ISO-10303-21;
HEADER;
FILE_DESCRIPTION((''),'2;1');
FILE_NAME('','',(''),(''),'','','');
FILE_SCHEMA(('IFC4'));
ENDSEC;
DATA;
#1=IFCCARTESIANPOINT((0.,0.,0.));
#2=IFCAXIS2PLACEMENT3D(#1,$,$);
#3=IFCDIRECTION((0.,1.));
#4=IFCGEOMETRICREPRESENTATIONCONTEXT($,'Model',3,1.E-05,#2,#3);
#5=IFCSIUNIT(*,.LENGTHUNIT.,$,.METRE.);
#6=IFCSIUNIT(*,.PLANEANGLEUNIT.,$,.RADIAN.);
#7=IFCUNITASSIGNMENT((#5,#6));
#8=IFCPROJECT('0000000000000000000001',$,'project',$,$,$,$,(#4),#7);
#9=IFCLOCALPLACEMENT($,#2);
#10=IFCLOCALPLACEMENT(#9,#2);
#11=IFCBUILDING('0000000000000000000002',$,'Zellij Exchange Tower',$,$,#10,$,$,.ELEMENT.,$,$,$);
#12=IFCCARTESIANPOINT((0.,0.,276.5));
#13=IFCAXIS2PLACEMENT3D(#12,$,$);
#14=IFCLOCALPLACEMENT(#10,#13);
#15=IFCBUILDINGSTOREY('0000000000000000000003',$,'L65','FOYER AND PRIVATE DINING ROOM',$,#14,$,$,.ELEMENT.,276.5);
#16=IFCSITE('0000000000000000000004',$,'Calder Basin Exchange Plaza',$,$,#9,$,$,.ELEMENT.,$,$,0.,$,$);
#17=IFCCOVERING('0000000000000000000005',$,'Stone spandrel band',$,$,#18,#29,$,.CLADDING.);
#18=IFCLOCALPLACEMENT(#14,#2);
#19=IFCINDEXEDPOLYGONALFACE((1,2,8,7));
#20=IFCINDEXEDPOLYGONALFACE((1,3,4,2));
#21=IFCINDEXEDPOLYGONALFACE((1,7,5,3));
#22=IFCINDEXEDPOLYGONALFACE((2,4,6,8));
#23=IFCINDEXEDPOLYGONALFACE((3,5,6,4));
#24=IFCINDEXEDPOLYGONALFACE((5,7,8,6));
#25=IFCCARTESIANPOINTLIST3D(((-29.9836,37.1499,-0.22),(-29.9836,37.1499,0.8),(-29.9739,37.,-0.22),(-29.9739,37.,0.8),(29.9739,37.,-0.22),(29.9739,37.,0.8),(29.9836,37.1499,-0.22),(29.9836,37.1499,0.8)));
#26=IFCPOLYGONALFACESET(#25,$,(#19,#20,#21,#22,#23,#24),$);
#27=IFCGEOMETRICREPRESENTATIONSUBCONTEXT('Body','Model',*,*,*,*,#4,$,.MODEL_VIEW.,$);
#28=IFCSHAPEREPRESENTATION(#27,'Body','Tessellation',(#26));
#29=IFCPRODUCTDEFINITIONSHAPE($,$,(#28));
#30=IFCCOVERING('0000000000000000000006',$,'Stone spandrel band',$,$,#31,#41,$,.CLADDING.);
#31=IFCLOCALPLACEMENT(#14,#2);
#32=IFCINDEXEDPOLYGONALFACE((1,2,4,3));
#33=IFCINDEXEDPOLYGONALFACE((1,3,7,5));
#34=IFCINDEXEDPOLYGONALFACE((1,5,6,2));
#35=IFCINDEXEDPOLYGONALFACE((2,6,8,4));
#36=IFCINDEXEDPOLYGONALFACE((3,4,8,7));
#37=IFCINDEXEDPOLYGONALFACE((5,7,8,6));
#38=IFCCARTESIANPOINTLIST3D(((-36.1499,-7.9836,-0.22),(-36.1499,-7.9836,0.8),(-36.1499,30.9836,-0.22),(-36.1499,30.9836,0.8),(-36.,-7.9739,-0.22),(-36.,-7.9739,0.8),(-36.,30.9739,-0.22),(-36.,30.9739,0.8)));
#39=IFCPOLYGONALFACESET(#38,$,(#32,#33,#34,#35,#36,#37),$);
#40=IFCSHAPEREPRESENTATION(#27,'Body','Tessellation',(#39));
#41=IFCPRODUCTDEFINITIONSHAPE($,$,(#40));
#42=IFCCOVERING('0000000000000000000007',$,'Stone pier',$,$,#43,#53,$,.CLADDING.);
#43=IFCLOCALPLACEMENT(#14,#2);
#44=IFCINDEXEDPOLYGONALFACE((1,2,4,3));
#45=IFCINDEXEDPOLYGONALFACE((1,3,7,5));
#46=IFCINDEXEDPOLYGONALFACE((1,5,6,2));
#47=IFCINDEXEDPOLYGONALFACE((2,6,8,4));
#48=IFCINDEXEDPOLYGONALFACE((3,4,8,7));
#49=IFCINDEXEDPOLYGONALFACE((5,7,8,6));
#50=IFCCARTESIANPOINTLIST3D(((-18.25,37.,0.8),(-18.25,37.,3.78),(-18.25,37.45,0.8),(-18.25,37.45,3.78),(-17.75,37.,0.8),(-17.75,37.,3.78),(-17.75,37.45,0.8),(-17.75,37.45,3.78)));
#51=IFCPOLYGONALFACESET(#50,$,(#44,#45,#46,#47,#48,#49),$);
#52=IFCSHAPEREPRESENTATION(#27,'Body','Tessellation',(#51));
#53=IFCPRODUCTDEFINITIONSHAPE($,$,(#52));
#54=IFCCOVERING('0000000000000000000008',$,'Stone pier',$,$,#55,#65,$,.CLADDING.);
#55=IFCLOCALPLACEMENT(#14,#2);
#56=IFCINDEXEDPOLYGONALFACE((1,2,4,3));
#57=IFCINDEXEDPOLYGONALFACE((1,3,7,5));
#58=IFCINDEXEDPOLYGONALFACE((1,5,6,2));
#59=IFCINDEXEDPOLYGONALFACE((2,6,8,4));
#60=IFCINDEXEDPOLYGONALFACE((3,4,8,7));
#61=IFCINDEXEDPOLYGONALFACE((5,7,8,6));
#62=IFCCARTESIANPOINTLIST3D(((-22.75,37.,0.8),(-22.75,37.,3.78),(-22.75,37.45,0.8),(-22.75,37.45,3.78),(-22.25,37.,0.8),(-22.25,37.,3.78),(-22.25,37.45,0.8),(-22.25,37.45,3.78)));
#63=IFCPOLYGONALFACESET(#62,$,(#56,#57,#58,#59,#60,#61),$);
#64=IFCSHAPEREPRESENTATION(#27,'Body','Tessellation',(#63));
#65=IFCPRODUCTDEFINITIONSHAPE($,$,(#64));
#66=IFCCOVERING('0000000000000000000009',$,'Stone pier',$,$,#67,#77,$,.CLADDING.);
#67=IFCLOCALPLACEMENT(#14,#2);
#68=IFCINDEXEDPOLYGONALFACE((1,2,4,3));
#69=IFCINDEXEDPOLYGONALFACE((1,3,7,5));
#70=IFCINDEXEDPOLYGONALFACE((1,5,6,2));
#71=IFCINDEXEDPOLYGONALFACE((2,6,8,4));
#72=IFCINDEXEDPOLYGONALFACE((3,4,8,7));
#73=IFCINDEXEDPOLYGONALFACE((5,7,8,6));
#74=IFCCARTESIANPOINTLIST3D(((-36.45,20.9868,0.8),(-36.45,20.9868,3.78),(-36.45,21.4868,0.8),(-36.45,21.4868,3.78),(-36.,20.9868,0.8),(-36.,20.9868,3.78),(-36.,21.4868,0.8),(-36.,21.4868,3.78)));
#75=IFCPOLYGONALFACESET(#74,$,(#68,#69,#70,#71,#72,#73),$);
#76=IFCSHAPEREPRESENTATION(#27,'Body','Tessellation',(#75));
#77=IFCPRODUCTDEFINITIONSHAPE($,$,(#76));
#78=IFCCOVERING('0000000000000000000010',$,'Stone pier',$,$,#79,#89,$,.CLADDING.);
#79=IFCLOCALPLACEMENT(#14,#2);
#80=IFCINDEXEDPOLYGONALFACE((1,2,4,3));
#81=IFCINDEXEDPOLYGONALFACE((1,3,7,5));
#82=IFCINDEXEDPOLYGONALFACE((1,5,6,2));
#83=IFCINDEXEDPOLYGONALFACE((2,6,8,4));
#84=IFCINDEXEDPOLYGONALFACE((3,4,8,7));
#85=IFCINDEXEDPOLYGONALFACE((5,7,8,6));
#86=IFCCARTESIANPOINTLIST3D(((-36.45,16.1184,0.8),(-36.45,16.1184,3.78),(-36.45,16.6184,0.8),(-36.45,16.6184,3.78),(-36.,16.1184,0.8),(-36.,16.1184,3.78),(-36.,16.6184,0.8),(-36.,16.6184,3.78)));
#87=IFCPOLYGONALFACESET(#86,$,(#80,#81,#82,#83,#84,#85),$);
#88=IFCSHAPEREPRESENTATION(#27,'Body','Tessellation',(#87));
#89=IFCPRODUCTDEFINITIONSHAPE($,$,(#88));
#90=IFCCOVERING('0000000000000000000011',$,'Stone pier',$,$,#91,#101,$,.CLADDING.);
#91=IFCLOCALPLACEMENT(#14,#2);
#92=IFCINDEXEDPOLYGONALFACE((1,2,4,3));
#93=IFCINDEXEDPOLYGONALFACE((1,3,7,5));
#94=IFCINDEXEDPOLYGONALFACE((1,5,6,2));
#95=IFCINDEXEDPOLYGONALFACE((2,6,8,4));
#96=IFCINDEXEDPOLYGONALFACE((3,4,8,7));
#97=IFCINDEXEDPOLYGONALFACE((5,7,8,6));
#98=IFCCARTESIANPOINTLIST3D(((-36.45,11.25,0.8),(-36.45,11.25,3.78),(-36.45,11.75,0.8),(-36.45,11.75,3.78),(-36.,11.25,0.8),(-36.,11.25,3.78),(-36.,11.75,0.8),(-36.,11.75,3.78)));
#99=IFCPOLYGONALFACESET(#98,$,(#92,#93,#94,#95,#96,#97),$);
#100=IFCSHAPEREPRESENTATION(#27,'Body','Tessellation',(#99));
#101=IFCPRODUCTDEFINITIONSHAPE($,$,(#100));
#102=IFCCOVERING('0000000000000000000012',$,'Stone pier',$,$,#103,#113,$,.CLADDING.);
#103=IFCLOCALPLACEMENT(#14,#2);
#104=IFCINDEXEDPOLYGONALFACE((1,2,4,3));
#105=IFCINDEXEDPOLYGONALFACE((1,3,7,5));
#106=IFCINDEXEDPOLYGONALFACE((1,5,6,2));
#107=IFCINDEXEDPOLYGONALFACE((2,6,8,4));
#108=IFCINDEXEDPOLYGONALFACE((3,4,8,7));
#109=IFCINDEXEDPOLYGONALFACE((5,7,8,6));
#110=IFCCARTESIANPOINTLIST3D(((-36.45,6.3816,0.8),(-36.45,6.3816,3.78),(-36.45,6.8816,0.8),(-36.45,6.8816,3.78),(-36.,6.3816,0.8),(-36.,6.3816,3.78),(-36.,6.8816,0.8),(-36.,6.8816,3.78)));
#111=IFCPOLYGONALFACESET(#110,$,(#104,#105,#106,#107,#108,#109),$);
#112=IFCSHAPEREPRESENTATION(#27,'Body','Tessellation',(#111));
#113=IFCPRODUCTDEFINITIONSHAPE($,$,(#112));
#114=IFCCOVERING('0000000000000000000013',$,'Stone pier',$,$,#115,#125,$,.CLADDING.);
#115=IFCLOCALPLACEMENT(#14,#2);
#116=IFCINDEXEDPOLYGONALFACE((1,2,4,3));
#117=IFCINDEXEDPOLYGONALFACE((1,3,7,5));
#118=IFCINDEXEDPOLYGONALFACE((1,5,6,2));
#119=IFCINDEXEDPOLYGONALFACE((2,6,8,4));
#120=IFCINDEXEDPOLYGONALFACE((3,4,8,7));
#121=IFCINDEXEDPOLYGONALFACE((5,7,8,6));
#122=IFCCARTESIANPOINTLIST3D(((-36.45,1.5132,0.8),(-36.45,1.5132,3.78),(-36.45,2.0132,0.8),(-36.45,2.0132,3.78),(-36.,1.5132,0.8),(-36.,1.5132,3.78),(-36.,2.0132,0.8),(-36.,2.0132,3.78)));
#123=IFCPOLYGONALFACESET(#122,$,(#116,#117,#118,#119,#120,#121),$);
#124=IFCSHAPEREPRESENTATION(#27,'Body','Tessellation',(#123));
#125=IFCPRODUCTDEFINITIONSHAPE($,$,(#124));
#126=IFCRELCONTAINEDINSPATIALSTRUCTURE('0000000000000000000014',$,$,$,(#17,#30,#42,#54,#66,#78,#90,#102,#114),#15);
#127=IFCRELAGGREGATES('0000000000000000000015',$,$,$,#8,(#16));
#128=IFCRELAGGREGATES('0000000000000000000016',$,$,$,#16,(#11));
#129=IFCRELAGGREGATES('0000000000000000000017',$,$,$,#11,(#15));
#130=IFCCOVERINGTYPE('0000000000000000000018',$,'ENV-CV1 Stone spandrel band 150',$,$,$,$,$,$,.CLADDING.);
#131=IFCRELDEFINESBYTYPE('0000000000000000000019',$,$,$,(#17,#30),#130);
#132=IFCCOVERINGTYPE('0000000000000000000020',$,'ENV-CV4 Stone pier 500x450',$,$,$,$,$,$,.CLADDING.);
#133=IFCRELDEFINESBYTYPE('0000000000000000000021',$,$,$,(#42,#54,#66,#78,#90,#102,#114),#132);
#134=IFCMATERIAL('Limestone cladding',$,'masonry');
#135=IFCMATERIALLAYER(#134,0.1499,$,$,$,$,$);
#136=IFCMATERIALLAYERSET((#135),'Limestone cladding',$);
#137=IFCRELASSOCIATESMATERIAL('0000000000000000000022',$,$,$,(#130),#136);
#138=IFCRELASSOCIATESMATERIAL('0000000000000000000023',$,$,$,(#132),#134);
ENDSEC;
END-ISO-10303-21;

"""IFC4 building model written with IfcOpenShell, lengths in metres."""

from ifc_helpers import new_model, si_unit, direction, frame, origin, place, context, subcontext, project, spatial, polyline, outline, extrude, material, layer, layer_set, type_object, element, save


model = new_model("IFC4")

# Units and contexts
model_context = context("Model", 3, precision=1e-05, world=origin(), true_north=direction((0.0, 1.0)))
body_context = subcontext(model_context, "Body", "Model", "MODEL_VIEW")
ifc_project = project(units=[si_unit("LENGTHUNIT", "METRE"), si_unit("PLANEANGLEUNIT", "RADIAN")], contexts=[model_context])

# Site, building, storey
site_placement = place(None, origin())
site = spatial("IfcSite", under=ifc_project, at=site_placement, Name="Calder Basin Exchange Plaza", CompositionType="ELEMENT", RefElevation=0.0)
building_placement = place(site_placement, origin())
building = spatial("IfcBuilding", under=site, at=building_placement, Name="Zellij Exchange Tower", CompositionType="ELEMENT")
storey_placement = place(building_placement, frame((0.0, 0.0, 276.5)))
storey = spatial("IfcBuildingStorey", under=building, at=storey_placement, Name="L65", Description="FOYER AND PRIVATE DINING ROOM", CompositionType="ELEMENT", Elevation=276.5)

# Coverings
ifc_material_1 = material(Name="Limestone cladding", Category="masonry")
ifc_layer_1 = layer(ifc_material_1, 0.1499)
ifc_layer_set_1 = layer_set([ifc_layer_1], Name="Limestone cladding")
covering_type_1 = type_object("IfcCoveringType", Name="ENV-CV1 Stone spandrel band 150", PredefinedType="CLADDING", material=ifc_layer_set_1)
covering_1_placement = place(storey_placement, frame((0.0, 0.0, -0.22)))
element("IfcCovering", 1, at=covering_1_placement, inside=storey, type_object=covering_type_1, Name="Stone spandrel band", PredefinedType="CLADDING", context=body_context, shape_type="SweptSolid", body=[
    extrude(outline(polyline([(29.9739, 37.0), (-29.9739, 37.0), (-29.9836, 37.1499), (29.9836, 37.1499), (29.9739, 37.0)])), origin(), (0.0, 0.0, 1.0), 1.02),
])
covering_2_placement = place(storey_placement, frame((0.0, 0.0, -0.22)))
element("IfcCovering", 2, at=covering_2_placement, inside=storey, type_object=covering_type_1, Name="Stone spandrel band", PredefinedType="CLADDING", context=body_context, shape_type="SweptSolid", body=[
    extrude(outline(polyline([(-36.0, 30.9739), (-36.0, -7.9739), (-36.1499, -7.9836), (-36.1499, 30.9836), (-36.0, 30.9739)])), origin(), (0.0, 0.0, 1.0), 1.02),
])
covering_type_2 = type_object("IfcCoveringType", Name="ENV-CV4 Stone pier 500x450", PredefinedType="CLADDING", material=ifc_material_1)
covering_3_placement = place(storey_placement, frame((0.0, 0.0, 0.8)))
element("IfcCovering", 3, at=covering_3_placement, inside=storey, type_object=covering_type_2, Name="Stone pier", PredefinedType="CLADDING", context=body_context, shape_type="SweptSolid", body=[
    extrude(outline(polyline([(-17.75, 37.0), (-18.25, 37.0), (-18.25, 37.45), (-17.75, 37.45), (-17.75, 37.0)])), origin(), (0.0, 0.0, 1.0), 2.98),
])
covering_4_placement = place(storey_placement, frame((0.0, 0.0, 0.8)))
element("IfcCovering", 4, at=covering_4_placement, inside=storey, type_object=covering_type_2, Name="Stone pier", PredefinedType="CLADDING", context=body_context, shape_type="SweptSolid", body=[
    extrude(outline(polyline([(-22.25, 37.0), (-22.75, 37.0), (-22.75, 37.45), (-22.25, 37.45), (-22.25, 37.0)])), origin(), (0.0, 0.0, 1.0), 2.98),
])
covering_5_placement = place(storey_placement, frame((0.0, 0.0, 0.8)))
element("IfcCovering", 5, at=covering_5_placement, inside=storey, type_object=covering_type_2, Name="Stone pier", PredefinedType="CLADDING", context=body_context, shape_type="SweptSolid", body=[
    extrude(outline(polyline([(-36.0, 21.4868), (-36.0, 20.9868), (-36.45, 20.9868), (-36.45, 21.4868), (-36.0, 21.4868)])), origin(), (0.0, 0.0, 1.0), 2.98),
])
covering_6_placement = place(storey_placement, frame((0.0, 0.0, 0.8)))
element("IfcCovering", 6, at=covering_6_placement, inside=storey, type_object=covering_type_2, Name="Stone pier", PredefinedType="CLADDING", context=body_context, shape_type="SweptSolid", body=[
    extrude(outline(polyline([(-36.0, 16.6184), (-36.0, 16.1184), (-36.45, 16.1184), (-36.45, 16.6184), (-36.0, 16.6184)])), origin(), (0.0, 0.0, 1.0), 2.98),
])
covering_7_placement = place(storey_placement, frame((0.0, 0.0, 0.8)))
element("IfcCovering", 7, at=covering_7_placement, inside=storey, type_object=covering_type_2, Name="Stone pier", PredefinedType="CLADDING", context=body_context, shape_type="SweptSolid", body=[
    extrude(outline(polyline([(-36.0, 11.75), (-36.0, 11.25), (-36.45, 11.25), (-36.45, 11.75), (-36.0, 11.75)])), origin(), (0.0, 0.0, 1.0), 2.98),
])
covering_8_placement = place(storey_placement, frame((0.0, 0.0, 0.8)))
element("IfcCovering", 8, at=covering_8_placement, inside=storey, type_object=covering_type_2, Name="Stone pier", PredefinedType="CLADDING", context=body_context, shape_type="SweptSolid", body=[
    extrude(outline(polyline([(-36.0, 6.8816), (-36.0, 6.3816), (-36.45, 6.3816), (-36.45, 6.8816), (-36.0, 6.8816)])), origin(), (0.0, 0.0, 1.0), 2.98),
])
covering_9_placement = place(storey_placement, frame((0.0, 0.0, 0.8)))
element("IfcCovering", 9, at=covering_9_placement, inside=storey, type_object=covering_type_2, Name="Stone pier", PredefinedType="CLADDING", context=body_context, shape_type="SweptSolid", body=[
    extrude(outline(polyline([(-36.0, 2.0132), (-36.0, 1.5132), (-36.45, 1.5132), (-36.45, 2.0132), (-36.0, 2.0132)])), origin(), (0.0, 0.0, 1.0), 2.98),
])

save(model, "model.ifc")
